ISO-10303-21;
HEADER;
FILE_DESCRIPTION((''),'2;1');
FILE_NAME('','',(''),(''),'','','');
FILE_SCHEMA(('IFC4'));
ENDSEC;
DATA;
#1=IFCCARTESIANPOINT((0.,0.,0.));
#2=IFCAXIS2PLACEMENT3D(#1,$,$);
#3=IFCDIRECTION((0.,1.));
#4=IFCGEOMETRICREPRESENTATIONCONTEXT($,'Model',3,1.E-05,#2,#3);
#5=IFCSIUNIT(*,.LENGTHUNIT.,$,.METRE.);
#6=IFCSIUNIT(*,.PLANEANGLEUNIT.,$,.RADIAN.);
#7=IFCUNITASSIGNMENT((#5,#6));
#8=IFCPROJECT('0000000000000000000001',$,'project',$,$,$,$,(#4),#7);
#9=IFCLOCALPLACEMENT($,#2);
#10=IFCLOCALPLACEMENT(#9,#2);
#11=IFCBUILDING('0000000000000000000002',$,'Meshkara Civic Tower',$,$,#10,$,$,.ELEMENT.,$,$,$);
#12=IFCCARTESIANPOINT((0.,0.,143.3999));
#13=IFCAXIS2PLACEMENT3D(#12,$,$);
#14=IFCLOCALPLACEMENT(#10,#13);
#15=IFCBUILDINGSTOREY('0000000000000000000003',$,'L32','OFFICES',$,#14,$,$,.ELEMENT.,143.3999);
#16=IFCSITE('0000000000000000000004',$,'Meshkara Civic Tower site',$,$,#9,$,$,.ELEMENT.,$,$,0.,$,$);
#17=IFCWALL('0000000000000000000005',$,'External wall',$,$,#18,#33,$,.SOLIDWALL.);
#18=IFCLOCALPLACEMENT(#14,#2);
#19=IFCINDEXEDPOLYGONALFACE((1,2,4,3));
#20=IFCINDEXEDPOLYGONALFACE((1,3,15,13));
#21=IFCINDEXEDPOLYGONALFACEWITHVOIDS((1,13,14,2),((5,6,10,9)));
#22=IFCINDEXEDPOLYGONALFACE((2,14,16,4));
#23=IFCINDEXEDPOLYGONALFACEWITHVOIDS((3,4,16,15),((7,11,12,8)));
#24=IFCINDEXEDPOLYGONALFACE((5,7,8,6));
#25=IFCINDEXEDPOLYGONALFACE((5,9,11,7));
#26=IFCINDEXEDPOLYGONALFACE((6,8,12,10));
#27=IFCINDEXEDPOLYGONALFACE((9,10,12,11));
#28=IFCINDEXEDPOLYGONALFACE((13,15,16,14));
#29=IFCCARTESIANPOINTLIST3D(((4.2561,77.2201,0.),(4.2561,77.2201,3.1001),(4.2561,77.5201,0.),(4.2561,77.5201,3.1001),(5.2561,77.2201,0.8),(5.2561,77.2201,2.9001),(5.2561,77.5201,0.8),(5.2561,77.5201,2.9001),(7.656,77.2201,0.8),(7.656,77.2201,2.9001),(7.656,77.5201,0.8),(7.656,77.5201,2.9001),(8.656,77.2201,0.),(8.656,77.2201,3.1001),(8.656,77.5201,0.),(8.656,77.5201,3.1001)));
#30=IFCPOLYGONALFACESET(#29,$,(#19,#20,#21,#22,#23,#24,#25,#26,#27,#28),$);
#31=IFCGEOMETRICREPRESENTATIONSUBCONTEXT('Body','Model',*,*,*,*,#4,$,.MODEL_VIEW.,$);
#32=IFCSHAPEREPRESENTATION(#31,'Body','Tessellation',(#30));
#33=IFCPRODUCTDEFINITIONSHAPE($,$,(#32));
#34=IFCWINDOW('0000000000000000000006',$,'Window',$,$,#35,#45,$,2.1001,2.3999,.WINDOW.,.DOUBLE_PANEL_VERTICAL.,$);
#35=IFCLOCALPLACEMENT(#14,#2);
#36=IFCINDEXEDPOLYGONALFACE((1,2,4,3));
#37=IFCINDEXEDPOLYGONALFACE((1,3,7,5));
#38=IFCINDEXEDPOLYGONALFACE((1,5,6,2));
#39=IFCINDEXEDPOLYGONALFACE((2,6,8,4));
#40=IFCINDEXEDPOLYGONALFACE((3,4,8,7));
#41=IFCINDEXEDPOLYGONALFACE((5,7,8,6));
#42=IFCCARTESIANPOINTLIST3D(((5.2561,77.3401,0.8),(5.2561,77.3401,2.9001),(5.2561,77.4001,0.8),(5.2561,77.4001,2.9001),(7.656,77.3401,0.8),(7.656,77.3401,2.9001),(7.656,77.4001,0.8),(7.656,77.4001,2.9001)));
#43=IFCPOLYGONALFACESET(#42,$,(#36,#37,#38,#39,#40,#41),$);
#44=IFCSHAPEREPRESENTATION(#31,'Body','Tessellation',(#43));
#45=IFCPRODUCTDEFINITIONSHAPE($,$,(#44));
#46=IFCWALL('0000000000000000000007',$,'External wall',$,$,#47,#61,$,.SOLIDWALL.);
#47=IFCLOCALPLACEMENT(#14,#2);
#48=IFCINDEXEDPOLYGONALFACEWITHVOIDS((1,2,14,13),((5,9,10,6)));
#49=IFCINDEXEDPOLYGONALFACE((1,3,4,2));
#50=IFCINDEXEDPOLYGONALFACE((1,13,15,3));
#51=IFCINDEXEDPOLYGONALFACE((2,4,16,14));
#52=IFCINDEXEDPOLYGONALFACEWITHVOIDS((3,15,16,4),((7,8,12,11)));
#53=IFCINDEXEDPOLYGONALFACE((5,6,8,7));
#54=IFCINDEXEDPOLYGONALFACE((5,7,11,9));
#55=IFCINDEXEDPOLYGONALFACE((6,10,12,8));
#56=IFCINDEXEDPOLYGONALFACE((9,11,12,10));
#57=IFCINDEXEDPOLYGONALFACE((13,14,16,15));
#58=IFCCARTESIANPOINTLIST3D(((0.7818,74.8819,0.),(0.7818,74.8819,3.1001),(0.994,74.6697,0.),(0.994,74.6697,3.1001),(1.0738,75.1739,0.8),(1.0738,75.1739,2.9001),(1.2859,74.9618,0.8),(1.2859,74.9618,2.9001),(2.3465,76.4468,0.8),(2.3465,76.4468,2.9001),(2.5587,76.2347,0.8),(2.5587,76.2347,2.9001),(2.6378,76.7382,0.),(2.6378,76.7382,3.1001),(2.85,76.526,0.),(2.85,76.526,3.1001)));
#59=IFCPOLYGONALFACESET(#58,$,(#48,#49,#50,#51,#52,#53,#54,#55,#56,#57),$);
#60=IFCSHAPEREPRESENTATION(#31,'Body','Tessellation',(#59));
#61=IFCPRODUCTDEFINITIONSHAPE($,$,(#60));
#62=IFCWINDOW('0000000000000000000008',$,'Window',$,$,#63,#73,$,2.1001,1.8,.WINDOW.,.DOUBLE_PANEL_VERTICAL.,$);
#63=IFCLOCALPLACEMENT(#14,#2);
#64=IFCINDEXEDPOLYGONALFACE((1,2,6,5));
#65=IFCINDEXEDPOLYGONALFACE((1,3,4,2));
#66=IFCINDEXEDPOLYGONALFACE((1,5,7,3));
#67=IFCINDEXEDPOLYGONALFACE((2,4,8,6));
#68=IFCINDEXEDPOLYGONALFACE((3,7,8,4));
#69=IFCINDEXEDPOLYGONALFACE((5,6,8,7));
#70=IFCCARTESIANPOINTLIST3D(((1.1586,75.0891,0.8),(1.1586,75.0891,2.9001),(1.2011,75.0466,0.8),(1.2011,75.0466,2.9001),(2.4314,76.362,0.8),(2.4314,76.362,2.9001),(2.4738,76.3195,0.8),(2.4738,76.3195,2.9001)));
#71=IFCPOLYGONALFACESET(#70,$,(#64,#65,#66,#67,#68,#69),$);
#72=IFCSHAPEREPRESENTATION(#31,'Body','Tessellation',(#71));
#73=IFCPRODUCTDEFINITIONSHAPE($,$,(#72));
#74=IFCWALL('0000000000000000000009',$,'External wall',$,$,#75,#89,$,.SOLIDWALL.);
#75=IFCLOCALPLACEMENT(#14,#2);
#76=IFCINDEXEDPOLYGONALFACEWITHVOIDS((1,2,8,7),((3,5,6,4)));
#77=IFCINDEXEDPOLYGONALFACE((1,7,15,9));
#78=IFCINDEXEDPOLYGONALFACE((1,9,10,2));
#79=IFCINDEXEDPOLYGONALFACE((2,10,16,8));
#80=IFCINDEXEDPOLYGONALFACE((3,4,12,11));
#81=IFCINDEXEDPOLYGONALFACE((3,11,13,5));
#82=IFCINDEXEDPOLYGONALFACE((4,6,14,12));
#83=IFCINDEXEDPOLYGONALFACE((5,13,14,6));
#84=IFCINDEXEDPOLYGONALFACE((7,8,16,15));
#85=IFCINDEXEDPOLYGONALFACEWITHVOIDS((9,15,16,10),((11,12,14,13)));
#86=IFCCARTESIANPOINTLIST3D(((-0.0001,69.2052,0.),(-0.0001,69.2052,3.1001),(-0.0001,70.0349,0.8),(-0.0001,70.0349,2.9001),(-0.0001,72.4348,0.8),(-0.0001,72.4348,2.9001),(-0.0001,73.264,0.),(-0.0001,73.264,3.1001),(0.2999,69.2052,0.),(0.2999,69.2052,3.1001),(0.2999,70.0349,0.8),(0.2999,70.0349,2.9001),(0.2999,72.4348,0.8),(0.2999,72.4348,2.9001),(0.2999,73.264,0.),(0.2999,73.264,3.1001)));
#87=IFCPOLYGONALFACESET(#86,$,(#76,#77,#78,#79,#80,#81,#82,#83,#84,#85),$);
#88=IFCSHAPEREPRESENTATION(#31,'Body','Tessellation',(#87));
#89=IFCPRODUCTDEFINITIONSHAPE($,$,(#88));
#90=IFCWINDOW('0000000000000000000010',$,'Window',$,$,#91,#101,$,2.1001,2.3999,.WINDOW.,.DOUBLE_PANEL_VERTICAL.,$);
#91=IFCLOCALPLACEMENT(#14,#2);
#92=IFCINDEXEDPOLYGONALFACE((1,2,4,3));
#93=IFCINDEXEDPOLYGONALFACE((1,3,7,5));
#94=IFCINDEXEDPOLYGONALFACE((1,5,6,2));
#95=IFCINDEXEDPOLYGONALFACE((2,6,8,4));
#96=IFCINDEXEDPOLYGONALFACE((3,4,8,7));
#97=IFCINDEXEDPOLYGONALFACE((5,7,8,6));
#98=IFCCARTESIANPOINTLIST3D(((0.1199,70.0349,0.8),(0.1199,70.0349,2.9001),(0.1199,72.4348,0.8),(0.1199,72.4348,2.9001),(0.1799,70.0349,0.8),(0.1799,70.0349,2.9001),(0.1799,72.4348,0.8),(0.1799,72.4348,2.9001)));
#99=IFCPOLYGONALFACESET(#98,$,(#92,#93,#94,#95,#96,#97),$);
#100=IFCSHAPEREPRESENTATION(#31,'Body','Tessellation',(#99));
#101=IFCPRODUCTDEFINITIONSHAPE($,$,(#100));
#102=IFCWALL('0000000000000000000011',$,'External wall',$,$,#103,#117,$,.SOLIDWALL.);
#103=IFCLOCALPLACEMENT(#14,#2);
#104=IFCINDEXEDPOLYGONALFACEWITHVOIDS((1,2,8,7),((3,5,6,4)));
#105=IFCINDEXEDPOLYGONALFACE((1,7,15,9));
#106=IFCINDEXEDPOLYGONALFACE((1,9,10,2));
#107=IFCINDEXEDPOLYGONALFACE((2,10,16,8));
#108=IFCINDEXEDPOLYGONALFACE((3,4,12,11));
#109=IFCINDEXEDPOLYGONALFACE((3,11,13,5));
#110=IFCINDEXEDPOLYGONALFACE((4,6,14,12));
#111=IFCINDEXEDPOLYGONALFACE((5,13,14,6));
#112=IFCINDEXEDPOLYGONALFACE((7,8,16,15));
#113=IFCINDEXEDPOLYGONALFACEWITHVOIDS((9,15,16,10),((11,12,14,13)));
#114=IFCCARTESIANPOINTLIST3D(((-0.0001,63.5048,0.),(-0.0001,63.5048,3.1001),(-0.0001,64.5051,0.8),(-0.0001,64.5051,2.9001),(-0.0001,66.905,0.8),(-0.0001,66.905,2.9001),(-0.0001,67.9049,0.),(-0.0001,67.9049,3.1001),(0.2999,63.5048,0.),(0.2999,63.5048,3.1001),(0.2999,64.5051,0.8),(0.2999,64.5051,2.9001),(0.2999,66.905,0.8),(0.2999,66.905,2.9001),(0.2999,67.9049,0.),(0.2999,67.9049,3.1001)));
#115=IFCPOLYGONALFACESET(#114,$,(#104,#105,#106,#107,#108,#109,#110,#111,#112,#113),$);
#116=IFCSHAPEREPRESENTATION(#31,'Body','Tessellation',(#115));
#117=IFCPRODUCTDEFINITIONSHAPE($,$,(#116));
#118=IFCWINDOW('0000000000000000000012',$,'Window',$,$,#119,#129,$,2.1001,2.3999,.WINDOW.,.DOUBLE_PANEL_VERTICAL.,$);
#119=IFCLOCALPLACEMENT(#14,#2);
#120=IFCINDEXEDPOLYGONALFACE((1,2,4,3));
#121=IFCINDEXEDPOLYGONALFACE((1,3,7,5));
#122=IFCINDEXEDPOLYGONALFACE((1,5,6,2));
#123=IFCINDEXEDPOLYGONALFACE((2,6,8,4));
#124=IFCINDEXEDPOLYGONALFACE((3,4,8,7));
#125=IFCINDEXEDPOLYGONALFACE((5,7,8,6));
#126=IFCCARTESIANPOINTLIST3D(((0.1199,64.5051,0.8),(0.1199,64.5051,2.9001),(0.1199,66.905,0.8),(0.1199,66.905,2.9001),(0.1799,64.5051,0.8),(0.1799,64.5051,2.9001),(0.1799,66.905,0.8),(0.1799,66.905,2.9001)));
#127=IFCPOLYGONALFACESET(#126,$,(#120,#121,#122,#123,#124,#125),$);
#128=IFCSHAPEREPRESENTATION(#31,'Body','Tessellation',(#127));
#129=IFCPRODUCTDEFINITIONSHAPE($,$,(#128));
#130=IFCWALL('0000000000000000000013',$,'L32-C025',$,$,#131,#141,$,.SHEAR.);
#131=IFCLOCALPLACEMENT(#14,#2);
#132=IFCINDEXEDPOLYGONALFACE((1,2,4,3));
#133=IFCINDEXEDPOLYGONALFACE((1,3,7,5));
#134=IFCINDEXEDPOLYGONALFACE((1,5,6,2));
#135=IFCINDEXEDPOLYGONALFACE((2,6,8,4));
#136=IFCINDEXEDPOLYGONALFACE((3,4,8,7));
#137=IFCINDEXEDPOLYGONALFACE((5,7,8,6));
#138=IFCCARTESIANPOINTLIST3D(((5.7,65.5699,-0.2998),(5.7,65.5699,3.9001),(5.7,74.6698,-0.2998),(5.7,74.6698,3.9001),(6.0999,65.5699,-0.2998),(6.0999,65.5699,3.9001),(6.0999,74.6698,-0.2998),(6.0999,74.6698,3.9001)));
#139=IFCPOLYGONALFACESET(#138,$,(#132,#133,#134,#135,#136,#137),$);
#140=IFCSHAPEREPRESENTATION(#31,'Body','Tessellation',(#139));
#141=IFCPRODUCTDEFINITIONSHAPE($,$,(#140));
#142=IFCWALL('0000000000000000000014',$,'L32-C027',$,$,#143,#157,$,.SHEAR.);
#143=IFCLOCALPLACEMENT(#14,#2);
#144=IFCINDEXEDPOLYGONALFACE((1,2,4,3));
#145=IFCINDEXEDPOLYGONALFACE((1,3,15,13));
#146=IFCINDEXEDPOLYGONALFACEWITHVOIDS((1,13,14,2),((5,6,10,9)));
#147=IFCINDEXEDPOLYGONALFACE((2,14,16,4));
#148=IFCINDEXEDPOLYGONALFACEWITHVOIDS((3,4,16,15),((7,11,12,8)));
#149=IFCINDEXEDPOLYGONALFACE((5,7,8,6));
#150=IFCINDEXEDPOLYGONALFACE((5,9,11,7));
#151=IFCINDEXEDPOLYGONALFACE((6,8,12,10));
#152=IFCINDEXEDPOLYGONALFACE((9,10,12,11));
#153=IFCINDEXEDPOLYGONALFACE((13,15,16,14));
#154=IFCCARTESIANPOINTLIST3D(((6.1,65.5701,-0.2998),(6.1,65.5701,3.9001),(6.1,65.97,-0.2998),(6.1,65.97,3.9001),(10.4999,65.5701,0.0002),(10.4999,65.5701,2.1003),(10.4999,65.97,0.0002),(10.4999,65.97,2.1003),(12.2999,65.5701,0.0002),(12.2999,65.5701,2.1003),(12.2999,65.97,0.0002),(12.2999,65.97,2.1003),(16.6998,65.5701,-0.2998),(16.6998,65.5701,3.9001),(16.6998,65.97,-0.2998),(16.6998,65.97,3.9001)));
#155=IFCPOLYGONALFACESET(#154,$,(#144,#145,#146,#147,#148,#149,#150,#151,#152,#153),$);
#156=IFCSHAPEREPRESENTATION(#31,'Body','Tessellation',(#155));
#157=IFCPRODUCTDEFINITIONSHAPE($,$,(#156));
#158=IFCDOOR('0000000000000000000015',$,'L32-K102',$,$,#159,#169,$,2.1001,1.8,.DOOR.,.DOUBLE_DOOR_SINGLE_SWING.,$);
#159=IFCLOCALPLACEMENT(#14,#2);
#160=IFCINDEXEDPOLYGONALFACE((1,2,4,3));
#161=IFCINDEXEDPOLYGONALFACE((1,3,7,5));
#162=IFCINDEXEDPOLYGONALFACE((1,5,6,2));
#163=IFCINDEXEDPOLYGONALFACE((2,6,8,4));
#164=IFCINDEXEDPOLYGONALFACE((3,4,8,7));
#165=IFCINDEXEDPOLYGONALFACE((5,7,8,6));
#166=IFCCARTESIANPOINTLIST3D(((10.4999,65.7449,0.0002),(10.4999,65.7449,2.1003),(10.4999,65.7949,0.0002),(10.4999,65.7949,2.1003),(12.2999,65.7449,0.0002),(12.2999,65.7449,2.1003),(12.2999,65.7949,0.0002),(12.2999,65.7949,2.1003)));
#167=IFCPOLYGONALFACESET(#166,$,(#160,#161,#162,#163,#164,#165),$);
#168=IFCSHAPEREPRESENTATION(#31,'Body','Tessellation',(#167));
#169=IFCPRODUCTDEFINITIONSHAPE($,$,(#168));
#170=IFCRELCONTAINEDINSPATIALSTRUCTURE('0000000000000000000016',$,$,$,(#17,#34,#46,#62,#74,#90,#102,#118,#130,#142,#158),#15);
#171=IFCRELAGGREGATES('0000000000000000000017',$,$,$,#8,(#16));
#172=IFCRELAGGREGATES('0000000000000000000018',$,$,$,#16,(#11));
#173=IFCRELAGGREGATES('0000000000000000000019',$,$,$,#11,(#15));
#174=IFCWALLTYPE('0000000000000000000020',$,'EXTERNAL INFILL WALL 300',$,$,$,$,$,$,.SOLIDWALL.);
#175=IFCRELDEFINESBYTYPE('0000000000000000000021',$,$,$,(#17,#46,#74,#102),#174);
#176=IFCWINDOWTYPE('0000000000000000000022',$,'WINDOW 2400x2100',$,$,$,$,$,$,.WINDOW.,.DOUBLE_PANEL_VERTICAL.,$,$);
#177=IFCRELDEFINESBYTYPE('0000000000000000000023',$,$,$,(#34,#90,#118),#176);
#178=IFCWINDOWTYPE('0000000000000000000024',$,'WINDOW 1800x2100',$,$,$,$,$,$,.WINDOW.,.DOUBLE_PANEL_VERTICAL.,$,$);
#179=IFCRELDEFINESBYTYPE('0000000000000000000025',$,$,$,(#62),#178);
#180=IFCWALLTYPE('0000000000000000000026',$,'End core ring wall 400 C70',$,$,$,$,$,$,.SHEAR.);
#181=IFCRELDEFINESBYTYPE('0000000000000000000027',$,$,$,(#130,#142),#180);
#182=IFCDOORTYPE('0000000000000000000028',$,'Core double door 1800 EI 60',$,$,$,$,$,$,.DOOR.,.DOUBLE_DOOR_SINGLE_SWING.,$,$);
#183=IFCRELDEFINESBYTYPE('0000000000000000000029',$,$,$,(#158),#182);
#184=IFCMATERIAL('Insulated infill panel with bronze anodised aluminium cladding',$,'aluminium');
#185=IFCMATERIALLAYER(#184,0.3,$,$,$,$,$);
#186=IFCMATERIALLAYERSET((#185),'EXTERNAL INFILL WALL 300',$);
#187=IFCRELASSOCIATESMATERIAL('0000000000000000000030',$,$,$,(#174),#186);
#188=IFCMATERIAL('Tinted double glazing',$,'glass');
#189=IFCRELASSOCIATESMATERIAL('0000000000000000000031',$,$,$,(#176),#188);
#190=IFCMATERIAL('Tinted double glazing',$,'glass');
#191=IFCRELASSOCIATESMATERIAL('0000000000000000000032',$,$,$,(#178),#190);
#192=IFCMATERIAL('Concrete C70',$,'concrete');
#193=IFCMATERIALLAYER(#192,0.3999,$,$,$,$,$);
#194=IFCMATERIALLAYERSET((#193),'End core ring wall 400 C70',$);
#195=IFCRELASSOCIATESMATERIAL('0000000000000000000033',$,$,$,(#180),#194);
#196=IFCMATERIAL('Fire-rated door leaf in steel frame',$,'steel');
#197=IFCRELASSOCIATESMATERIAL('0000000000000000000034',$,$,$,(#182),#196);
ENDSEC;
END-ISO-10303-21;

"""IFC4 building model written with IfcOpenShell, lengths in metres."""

from ifc_helpers import new_model, si_unit, direction, frame, frame_2d, origin, place, context, subcontext, project, spatial, rectangle, extrude, material, layer, layer_set, type_object, element, fill, save


model = new_model("IFC4")

# Units and contexts
model_context = context("Model", 3, precision=1e-05, world=origin(), true_north=direction((0.0, 1.0)))
body_context = subcontext(model_context, "Body", "Model", "MODEL_VIEW")
ifc_project = project(units=[si_unit("LENGTHUNIT", "METRE"), si_unit("PLANEANGLEUNIT", "RADIAN")], contexts=[model_context])

# Site, building, storey
site_placement = place(None, origin())
site = spatial("IfcSite", under=ifc_project, at=site_placement, Name="Meshkara Civic Tower site", CompositionType="ELEMENT", RefElevation=0.0)
building_placement = place(site_placement, origin())
building = spatial("IfcBuilding", under=site, at=building_placement, Name="Meshkara Civic Tower", CompositionType="ELEMENT")
storey_placement = place(building_placement, frame((0.0, 0.0, 143.3999)))
storey = spatial("IfcBuildingStorey", under=building, at=storey_placement, Name="L32", Description="OFFICES", CompositionType="ELEMENT", Elevation=143.3999)

# Walls, openings, windows
ifc_material_1 = material(Name="Insulated infill panel with bronze anodised aluminium cladding", Category="aluminium")
ifc_layer_1 = layer(ifc_material_1, 0.3)
ifc_layer_set_1 = layer_set([ifc_layer_1], Name="EXTERNAL INFILL WALL 300")
wall_type_1 = type_object("IfcWallType", Name="EXTERNAL INFILL WALL 300", PredefinedType="SOLIDWALL", material=ifc_layer_set_1)
wall_1_placement = place(storey_placement, frame((8.656, 77.3701, 0.0), z_axis=(0.0, 0.0, 1.0), x_axis=(-1.0, 0.0, 0.0)))
wall_1 = element("IfcWall", 1, at=wall_1_placement, inside=storey, type_object=wall_type_1, Name="External wall", PredefinedType="SOLIDWALL", context=body_context, shape_type="SweptSolid", body=[
    extrude(rectangle(XDim=4.3999, YDim=0.3, at=frame_2d((2.2, 0.0))), origin(), (0.0, 0.0, 1.0), 3.1001),
])
opening_1_placement = place(wall_1_placement, frame((1.0, 0.0, 0.8)))
opening_1 = element("IfcOpeningElement", 2, at=opening_1_placement, cuts=wall_1, PredefinedType="OPENING", context=body_context, shape_type="SweptSolid", body=[
    extrude(rectangle(XDim=2.3999, YDim=2.1001, at=frame_2d((1.2, 1.05))), frame((0.0, 0.1599, 0.0), z_axis=(0.0, -1.0, 0.0), x_axis=(1.0, 0.0, 0.0)), (0.0, 0.0, 1.0), 0.3201),
])
ifc_material_2 = material(Name="Tinted double glazing", Category="glass")
window_type_1 = type_object("IfcWindowType", Name="WINDOW 2400x2100", PartitioningType="DOUBLE_PANEL_VERTICAL", PredefinedType="WINDOW", material=ifc_material_2)
window_1_placement = place(opening_1_placement, origin())
window_1 = element("IfcWindow", 3, at=window_1_placement, inside=storey, type_object=window_type_1, Name="Window", OverallHeight=2.1001, OverallWidth=2.3999, PartitioningType="DOUBLE_PANEL_VERTICAL", PredefinedType="WINDOW", context=body_context, shape_type="SweptSolid", body=[
    extrude(rectangle(XDim=2.3999, YDim=2.1001, at=frame_2d((1.2, 1.05))), frame((0.0, 0.03, 0.0), z_axis=(0.0, -1.0, 0.0), x_axis=(1.0, 0.0, 0.0)), (0.0, 0.0, 1.0), 0.0601),
])
fill(opening_1, window_1)
wall_2_placement = place(storey_placement, frame((2.7439, 76.6321, 0.0), z_axis=(0.0, 0.0, 1.0), x_axis=(-0.70706, -0.707153, 0.0)))
wall_2 = element("IfcWall", 4, at=wall_2_placement, inside=storey, type_object=wall_type_1, Name="External wall", PredefinedType="SOLIDWALL", context=body_context, shape_type="SweptSolid", body=[
    extrude(rectangle(XDim=2.625, YDim=0.3, at=frame_2d((1.3125, 0.0))), origin(), (0.0, 0.0, 1.0), 3.1001),
])
opening_2_placement = place(wall_2_placement, frame((0.4121, 0.0, 0.8)))
opening_2 = element("IfcOpeningElement", 5, at=opening_2_placement, cuts=wall_2, PredefinedType="OPENING", context=body_context, shape_type="SweptSolid", body=[
    extrude(rectangle(XDim=1.8, YDim=2.1001, at=frame_2d((0.8999, 1.05))), frame((0.0, 0.1599, 0.0), z_axis=(0.0, -1.0, 0.0), x_axis=(1.0, 0.0, 0.0)), (0.0, 0.0, 1.0), 0.3201),
])
ifc_material_3 = material(Name="Tinted double glazing", Category="glass")
window_type_2 = type_object("IfcWindowType", Name="WINDOW 1800x2100", PartitioningType="DOUBLE_PANEL_VERTICAL", PredefinedType="WINDOW", material=ifc_material_3)
window_2_placement = place(opening_2_placement, origin())
window_2 = element("IfcWindow", 6, at=window_2_placement, inside=storey, type_object=window_type_2, Name="Window", OverallHeight=2.1001, OverallWidth=1.8, PartitioningType="DOUBLE_PANEL_VERTICAL", PredefinedType="WINDOW", context=body_context, shape_type="SweptSolid", body=[
    extrude(rectangle(XDim=1.8, YDim=2.1001, at=frame_2d((0.8999, 1.05))), frame((0.0, 0.03, 0.0), z_axis=(0.0, -1.0, 0.0), x_axis=(1.0, 0.0, 0.0)), (0.0, 0.0, 1.0), 0.0601),
])
fill(opening_2, window_2)
wall_3_placement = place(storey_placement, frame((0.1499, 73.2639, 0.0), z_axis=(0.0, 0.0, 1.0), x_axis=(0.0, -1.0, 0.0)))
wall_3 = element("IfcWall", 7, at=wall_3_placement, inside=storey, type_object=wall_type_1, Name="External wall", PredefinedType="SOLIDWALL", context=body_context, shape_type="SweptSolid", body=[
    extrude(rectangle(XDim=4.0588, YDim=0.3, at=frame_2d((2.0293, 0.0))), origin(), (0.0, 0.0, 1.0), 3.1001),
])
opening_3_placement = place(wall_3_placement, frame((0.8291, 0.0, 0.8)))
opening_3 = element("IfcOpeningElement", 8, at=opening_3_placement, cuts=wall_3, PredefinedType="OPENING", context=body_context, shape_type="SweptSolid", body=[
    extrude(rectangle(XDim=2.3999, YDim=2.1001, at=frame_2d((1.2, 1.05))), frame((0.0, 0.1599, 0.0), z_axis=(0.0, -1.0, 0.0), x_axis=(1.0, 0.0, 0.0)), (0.0, 0.0, 1.0), 0.3201),
])
window_3_placement = place(opening_3_placement, origin())
window_3 = element("IfcWindow", 9, at=window_3_placement, inside=storey, type_object=window_type_1, Name="Window", OverallHeight=2.1001, OverallWidth=2.3999, PartitioningType="DOUBLE_PANEL_VERTICAL", PredefinedType="WINDOW", context=body_context, shape_type="SweptSolid", body=[
    extrude(rectangle(XDim=2.3999, YDim=2.1001, at=frame_2d((1.2, 1.05))), frame((0.0, 0.03, 0.0), z_axis=(0.0, -1.0, 0.0), x_axis=(1.0, 0.0, 0.0)), (0.0, 0.0, 1.0), 0.0601),
])
fill(opening_3, window_3)
wall_4_placement = place(storey_placement, frame((0.1499, 67.905, 0.0), z_axis=(0.0, 0.0, 1.0), x_axis=(0.0, -1.0, 0.0)))
wall_4 = element("IfcWall", 10, at=wall_4_placement, inside=storey, type_object=wall_type_1, Name="External wall", PredefinedType="SOLIDWALL", context=body_context, shape_type="SweptSolid", body=[
    extrude(rectangle(XDim=4.4001, YDim=0.3, at=frame_2d((2.2002, 0.0))), origin(), (0.0, 0.0, 1.0), 3.1001),
])
opening_4_placement = place(wall_4_placement, frame((1.0, 0.0, 0.8)))
opening_4 = element("IfcOpeningElement", 11, at=opening_4_placement, cuts=wall_4, PredefinedType="OPENING", context=body_context, shape_type="SweptSolid", body=[
    extrude(rectangle(XDim=2.3999, YDim=2.1001, at=frame_2d((1.2, 1.05))), frame((0.0, 0.1599, 0.0), z_axis=(0.0, -1.0, 0.0), x_axis=(1.0, 0.0, 0.0)), (0.0, 0.0, 1.0), 0.3201),
])
window_4_placement = place(opening_4_placement, origin())
window_4 = element("IfcWindow", 12, at=window_4_placement, inside=storey, type_object=window_type_1, Name="Window", OverallHeight=2.1001, OverallWidth=2.3999, PartitioningType="DOUBLE_PANEL_VERTICAL", PredefinedType="WINDOW", context=body_context, shape_type="SweptSolid", body=[
    extrude(rectangle(XDim=2.3999, YDim=2.1001, at=frame_2d((1.2, 1.05))), frame((0.0, 0.03, 0.0), z_axis=(0.0, -1.0, 0.0), x_axis=(1.0, 0.0, 0.0)), (0.0, 0.0, 1.0), 0.0601),
])
fill(opening_4, window_4)

# Wall
ifc_material_4 = material(Name="Concrete C70", Category="concrete")
ifc_layer_2 = layer(ifc_material_4, 0.3999)
ifc_layer_set_2 = layer_set([ifc_layer_2], Name="End core ring wall 400 C70")
wall_type_2 = type_object("IfcWallType", Name="End core ring wall 400 C70", PredefinedType="SHEAR", material=ifc_layer_set_2)
wall_5_placement = place(storey_placement, frame((5.8999, 65.5701, -0.2998), z_axis=(0.0, 0.0, 1.0), x_axis=(0.0, 1.0, 0.0)))
element("IfcWall", 13, at=wall_5_placement, inside=storey, type_object=wall_type_2, Name="L32-C025", PredefinedType="SHEAR", context=body_context, shape_type="SweptSolid", body=[
    extrude(rectangle(XDim=9.0999, YDim=0.3999, at=frame_2d((4.5498, 0.0))), origin(), (0.0, 0.0, 1.0), 4.2),
])

# Wall, opening, door
wall_6_placement = place(storey_placement, frame((6.1001, 65.77, -0.2998), z_axis=(0.0, 0.0, 1.0), x_axis=(1.0, 0.0, 0.0)))
wall_6 = element("IfcWall", 14, at=wall_6_placement, inside=storey, type_object=wall_type_2, Name="L32-C027", PredefinedType="SHEAR", context=body_context, shape_type="SweptSolid", body=[
    extrude(rectangle(XDim=10.5999, YDim=0.3999, at=frame_2d((5.2998, 0.0))), origin(), (0.0, 0.0, 1.0), 4.2),
])
opening_5_placement = place(wall_6_placement, frame((4.3999, 0.0, 0.3)))
opening_5 = element("IfcOpeningElement", 15, at=opening_5_placement, cuts=wall_6, PredefinedType="OPENING", context=body_context, shape_type="SweptSolid", body=[
    extrude(rectangle(XDim=1.8, YDim=2.1001, at=frame_2d((0.8999, 1.05))), frame((0.0, 0.21, 0.0), z_axis=(0.0, -1.0, 0.0), x_axis=(1.0, 0.0, 0.0)), (0.0, 0.0, 1.0), 0.4199),
])
ifc_material_5 = material(Name="Fire-rated door leaf in steel frame", Category="steel")
door_type_1 = type_object("IfcDoorType", Name="Core double door 1800 EI 60", OperationType="DOUBLE_DOOR_SINGLE_SWING", PredefinedType="DOOR", material=ifc_material_5)
door_1_placement = place(opening_5_placement, origin())
door_1 = element("IfcDoor", 16, at=door_1_placement, inside=storey, type_object=door_type_1, Name="L32-K102", OperationType="DOUBLE_DOOR_SINGLE_SWING", OverallHeight=2.1001, OverallWidth=1.8, PredefinedType="DOOR", context=body_context, shape_type="SweptSolid", body=[
    extrude(rectangle(XDim=1.8, YDim=2.1001, at=frame_2d((0.8999, 1.05))), frame((0.0, 0.0249, 0.0), z_axis=(0.0, -1.0, 0.0), x_axis=(1.0, 0.0, 0.0)), (0.0, 0.0, 1.0), 0.05),
])
fill(opening_5, door_1)

save(model, "model.ifc")
